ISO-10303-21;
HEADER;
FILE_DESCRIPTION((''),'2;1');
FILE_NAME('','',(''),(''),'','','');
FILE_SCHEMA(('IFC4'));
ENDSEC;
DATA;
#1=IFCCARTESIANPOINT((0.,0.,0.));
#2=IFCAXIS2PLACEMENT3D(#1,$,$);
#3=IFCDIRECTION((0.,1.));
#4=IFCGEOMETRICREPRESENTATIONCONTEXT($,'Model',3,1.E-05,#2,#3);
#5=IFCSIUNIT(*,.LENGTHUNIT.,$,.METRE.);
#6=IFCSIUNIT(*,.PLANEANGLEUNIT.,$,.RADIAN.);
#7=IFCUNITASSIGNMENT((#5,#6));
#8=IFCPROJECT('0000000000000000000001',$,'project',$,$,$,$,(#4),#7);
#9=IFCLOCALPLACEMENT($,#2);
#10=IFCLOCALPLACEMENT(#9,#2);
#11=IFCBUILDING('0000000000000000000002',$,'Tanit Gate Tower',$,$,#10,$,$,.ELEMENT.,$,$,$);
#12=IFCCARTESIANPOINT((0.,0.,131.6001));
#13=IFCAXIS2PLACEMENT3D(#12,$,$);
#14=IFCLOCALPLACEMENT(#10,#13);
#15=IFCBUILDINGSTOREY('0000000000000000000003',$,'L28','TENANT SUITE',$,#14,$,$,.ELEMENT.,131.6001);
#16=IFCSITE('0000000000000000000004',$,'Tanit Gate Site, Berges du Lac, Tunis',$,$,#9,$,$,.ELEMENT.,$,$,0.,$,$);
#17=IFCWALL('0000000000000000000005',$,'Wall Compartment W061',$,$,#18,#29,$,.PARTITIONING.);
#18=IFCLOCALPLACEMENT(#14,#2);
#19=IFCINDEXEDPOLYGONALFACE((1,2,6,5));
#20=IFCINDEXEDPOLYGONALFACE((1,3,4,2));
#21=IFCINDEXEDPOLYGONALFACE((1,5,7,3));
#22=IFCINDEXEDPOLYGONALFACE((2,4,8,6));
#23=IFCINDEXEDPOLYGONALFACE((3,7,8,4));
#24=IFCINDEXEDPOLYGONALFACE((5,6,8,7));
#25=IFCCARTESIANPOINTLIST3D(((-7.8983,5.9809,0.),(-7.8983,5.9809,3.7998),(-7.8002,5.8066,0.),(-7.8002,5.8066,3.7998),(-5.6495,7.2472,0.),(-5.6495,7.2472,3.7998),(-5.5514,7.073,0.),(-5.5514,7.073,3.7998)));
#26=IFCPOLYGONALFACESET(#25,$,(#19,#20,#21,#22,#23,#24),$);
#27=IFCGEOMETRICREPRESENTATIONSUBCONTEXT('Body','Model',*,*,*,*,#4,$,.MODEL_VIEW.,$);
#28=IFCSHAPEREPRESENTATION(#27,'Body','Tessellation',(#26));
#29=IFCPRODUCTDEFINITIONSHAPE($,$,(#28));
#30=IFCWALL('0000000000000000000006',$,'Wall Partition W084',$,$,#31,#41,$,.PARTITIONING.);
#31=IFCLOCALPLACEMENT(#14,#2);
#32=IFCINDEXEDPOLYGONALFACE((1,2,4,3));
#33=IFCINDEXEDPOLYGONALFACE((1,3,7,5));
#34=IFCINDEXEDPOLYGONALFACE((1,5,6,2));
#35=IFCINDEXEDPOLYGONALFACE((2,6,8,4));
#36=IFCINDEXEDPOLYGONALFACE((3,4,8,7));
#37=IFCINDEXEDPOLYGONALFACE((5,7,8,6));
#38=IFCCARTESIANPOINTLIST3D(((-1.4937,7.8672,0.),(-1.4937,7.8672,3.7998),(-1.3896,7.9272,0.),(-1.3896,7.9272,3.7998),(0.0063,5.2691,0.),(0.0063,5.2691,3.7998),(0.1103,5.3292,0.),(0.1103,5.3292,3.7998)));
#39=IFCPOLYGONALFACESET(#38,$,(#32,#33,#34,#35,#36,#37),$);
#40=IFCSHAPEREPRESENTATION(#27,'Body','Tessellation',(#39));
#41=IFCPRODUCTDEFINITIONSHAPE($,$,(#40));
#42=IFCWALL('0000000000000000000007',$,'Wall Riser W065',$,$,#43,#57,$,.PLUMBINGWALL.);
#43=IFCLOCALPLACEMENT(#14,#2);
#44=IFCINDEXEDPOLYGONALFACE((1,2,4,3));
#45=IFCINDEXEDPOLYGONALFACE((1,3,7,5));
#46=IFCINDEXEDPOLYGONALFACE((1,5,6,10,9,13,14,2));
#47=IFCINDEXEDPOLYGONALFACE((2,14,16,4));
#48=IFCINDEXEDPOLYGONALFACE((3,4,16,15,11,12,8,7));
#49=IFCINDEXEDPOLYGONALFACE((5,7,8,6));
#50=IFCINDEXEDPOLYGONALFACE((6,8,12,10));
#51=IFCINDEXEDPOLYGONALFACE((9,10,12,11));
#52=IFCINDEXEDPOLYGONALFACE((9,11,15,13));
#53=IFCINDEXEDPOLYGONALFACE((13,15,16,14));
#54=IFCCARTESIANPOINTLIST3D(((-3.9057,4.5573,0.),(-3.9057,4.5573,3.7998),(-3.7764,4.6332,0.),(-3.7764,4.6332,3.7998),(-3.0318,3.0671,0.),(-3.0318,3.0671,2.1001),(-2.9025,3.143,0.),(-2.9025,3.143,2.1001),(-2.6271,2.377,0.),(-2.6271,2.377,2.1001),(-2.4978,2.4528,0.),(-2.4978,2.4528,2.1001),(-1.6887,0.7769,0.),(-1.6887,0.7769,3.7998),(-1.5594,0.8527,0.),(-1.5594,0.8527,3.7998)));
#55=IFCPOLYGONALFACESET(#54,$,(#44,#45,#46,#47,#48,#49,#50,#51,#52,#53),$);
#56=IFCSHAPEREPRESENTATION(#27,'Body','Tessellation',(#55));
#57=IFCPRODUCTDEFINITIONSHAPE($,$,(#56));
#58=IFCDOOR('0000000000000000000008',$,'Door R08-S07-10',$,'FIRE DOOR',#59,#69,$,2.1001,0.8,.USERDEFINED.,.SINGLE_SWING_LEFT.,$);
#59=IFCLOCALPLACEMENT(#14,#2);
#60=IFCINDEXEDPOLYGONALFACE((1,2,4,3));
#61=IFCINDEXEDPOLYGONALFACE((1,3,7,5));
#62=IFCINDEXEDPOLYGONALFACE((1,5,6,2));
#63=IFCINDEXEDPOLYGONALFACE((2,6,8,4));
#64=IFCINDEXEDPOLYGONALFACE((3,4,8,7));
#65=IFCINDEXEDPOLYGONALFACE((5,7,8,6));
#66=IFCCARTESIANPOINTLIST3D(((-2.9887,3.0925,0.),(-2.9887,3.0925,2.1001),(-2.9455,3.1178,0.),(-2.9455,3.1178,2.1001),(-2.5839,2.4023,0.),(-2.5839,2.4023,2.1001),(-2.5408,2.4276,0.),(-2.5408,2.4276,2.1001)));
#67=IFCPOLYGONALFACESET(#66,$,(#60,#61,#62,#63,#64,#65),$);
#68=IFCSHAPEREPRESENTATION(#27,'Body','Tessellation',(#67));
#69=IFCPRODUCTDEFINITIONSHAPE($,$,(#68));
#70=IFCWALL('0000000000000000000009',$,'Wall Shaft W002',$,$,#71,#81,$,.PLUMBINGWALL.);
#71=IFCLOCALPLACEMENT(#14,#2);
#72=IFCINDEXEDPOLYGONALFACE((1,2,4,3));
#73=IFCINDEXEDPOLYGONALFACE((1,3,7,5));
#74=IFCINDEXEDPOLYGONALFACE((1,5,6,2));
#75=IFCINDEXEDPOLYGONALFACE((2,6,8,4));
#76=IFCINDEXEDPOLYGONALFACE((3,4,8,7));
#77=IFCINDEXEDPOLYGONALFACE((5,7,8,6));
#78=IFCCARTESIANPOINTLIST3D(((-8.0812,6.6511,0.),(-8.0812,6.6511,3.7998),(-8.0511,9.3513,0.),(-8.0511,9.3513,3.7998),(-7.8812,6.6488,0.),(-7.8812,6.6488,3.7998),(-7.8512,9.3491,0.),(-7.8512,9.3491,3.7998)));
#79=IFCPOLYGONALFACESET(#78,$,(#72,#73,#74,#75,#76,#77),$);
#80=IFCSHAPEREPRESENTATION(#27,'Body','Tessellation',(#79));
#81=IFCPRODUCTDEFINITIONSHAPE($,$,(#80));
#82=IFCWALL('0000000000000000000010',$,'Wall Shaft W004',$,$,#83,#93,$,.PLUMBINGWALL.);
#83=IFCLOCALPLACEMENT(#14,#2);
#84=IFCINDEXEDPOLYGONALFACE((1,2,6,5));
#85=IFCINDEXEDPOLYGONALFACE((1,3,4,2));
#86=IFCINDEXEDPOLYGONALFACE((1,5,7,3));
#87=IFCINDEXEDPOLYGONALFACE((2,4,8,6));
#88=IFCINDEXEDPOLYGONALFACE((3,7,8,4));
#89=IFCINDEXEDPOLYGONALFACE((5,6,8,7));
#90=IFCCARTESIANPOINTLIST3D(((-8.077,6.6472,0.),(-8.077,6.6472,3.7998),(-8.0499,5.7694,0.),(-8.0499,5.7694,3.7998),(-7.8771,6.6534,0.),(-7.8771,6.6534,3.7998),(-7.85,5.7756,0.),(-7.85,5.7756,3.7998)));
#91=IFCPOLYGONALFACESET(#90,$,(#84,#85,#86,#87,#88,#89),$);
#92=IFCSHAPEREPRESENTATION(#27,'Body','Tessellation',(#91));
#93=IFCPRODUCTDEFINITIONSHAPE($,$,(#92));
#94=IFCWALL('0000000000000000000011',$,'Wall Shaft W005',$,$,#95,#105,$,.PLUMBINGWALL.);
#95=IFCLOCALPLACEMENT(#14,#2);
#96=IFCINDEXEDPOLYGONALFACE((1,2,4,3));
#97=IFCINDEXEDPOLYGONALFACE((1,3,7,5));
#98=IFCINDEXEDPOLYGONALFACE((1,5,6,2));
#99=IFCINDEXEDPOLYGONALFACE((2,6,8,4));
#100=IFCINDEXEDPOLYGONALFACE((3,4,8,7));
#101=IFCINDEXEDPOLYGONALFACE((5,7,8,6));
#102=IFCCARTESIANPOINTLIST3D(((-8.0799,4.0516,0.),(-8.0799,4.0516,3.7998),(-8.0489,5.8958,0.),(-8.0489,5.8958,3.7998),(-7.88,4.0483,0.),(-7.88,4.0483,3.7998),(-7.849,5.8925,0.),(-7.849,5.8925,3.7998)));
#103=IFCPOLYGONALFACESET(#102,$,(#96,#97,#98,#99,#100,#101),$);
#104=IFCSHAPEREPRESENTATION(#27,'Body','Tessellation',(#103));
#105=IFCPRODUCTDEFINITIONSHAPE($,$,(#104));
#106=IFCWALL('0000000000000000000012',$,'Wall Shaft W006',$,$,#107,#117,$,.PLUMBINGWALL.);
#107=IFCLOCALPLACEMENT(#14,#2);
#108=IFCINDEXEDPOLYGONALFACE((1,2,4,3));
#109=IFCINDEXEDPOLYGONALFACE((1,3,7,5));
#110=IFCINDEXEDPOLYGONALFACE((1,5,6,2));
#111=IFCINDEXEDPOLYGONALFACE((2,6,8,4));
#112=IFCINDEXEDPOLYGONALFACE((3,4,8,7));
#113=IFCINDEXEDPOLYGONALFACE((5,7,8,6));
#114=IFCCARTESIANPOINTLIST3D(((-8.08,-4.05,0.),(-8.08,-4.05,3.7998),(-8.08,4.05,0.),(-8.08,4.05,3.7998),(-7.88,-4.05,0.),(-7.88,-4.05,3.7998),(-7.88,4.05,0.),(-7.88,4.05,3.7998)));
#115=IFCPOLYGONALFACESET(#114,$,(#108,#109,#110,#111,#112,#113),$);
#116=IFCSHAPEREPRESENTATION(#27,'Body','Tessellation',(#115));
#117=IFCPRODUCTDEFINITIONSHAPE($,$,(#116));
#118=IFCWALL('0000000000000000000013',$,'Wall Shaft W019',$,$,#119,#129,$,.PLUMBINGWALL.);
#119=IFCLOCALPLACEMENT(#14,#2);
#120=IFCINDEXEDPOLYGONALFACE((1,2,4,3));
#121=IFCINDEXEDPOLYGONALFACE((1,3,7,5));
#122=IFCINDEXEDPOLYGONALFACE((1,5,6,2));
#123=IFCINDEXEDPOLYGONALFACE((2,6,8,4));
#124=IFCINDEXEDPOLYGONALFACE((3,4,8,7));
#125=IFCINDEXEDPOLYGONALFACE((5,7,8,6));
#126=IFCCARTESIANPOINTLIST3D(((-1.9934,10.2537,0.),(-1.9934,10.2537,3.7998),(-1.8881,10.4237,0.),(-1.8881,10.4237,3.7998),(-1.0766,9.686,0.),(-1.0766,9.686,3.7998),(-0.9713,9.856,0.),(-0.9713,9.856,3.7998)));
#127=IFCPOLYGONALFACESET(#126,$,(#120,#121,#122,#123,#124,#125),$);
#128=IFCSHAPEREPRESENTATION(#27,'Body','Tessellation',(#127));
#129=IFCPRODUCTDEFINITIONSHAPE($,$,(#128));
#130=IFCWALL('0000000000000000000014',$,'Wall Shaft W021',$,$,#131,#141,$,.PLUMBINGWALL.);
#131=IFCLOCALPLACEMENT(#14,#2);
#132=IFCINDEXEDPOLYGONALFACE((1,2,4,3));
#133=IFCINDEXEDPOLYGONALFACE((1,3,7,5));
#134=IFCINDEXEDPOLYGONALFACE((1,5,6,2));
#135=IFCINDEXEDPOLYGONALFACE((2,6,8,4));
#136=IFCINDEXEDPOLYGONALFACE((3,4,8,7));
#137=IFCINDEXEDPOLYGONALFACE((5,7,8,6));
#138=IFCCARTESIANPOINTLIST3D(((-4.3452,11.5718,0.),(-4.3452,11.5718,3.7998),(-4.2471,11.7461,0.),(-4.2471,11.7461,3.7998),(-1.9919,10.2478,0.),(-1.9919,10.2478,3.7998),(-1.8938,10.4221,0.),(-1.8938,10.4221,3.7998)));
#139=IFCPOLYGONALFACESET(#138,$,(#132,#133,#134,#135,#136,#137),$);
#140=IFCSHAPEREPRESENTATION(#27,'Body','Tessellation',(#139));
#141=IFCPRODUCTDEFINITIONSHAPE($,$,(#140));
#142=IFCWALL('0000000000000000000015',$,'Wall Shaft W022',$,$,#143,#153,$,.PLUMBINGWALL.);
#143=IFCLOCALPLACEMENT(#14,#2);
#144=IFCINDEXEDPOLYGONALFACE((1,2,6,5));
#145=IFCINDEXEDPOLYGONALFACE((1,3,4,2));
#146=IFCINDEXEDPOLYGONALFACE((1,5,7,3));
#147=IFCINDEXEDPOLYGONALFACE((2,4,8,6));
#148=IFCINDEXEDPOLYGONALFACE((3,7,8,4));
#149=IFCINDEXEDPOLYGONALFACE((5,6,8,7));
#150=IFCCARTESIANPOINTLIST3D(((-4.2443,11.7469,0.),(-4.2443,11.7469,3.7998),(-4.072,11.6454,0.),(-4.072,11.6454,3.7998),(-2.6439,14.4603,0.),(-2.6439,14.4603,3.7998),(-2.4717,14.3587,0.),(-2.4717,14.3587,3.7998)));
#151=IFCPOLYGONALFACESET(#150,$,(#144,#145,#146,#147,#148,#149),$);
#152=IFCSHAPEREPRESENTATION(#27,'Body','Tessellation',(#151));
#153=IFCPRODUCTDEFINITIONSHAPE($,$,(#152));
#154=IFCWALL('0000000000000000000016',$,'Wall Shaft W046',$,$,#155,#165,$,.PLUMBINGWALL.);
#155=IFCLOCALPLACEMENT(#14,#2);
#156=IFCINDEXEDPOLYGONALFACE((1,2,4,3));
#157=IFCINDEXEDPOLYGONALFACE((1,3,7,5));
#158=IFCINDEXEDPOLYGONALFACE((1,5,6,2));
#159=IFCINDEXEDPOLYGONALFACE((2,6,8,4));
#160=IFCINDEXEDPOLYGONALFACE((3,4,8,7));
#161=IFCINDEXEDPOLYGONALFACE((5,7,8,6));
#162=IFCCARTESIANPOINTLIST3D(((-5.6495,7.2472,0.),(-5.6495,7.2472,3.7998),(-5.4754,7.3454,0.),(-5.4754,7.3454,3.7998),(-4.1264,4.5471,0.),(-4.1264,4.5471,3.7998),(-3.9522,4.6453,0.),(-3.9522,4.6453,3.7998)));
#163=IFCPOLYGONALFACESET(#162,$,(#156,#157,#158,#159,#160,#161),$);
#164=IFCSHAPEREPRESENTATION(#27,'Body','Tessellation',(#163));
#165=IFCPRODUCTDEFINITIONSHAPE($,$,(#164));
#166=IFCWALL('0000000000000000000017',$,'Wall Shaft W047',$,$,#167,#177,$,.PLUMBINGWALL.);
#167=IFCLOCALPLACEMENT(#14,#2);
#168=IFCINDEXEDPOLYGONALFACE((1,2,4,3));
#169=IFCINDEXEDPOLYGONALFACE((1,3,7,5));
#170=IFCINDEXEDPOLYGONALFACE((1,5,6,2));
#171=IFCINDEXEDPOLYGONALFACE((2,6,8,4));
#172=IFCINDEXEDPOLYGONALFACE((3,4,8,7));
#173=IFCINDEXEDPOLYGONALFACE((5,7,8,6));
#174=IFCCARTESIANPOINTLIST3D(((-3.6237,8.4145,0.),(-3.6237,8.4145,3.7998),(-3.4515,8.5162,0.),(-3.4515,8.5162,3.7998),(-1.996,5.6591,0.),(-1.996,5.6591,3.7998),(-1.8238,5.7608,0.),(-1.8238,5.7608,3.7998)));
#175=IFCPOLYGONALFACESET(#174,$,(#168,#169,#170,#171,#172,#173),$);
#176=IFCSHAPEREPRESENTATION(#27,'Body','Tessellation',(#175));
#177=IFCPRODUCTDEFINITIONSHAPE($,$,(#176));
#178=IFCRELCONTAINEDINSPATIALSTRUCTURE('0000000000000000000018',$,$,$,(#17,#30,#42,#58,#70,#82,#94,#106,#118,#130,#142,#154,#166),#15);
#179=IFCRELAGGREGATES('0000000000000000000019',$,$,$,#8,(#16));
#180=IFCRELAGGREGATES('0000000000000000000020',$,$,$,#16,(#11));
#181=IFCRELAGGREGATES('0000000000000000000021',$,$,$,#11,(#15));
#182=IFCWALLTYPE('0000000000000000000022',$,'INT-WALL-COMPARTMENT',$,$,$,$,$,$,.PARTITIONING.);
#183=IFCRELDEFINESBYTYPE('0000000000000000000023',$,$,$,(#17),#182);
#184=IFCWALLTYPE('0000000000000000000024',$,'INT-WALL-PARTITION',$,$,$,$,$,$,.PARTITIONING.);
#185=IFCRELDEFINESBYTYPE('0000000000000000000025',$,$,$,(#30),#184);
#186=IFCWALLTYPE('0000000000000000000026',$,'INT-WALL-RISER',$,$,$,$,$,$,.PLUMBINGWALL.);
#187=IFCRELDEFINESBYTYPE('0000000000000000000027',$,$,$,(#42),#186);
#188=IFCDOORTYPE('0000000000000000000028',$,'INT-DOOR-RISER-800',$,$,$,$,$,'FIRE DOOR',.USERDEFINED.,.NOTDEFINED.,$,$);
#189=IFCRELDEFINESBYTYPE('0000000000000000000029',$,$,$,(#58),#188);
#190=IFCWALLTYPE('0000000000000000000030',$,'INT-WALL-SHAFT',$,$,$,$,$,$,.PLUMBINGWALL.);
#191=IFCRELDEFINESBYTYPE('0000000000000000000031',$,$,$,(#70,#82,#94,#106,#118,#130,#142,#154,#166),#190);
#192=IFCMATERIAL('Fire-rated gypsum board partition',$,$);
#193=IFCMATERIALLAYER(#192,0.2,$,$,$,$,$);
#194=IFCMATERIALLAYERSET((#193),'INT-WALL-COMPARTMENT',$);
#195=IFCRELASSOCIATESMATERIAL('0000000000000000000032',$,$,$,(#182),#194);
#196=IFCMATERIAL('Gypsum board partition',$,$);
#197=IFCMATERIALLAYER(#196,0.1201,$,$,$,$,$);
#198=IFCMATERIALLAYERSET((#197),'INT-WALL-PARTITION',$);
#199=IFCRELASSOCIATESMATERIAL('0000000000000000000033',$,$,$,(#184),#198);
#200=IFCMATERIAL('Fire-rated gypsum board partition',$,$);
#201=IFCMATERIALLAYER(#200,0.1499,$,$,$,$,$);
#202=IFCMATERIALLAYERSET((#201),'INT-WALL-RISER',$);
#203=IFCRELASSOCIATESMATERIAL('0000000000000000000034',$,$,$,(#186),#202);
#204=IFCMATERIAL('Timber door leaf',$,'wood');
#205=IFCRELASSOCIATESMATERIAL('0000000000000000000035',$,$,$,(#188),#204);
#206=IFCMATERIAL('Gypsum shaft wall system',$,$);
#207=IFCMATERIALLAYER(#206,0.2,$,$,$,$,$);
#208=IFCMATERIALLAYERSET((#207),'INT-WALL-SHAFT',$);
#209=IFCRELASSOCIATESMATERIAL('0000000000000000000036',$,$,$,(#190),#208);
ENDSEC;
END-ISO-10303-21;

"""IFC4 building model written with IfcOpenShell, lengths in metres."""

from ifc_helpers import new_model, si_unit, direction, frame, frame_2d, origin, place, context, subcontext, project, spatial, rectangle, extrude, material, layer, layer_set, type_object, element, fill, save


model = new_model("IFC4")

# Units and contexts
model_context = context("Model", 3, precision=1e-05, world=origin(), true_north=direction((0.0, 1.0)))
body_context = subcontext(model_context, "Body", "Model", "MODEL_VIEW")
ifc_project = project(units=[si_unit("LENGTHUNIT", "METRE"), si_unit("PLANEANGLEUNIT", "RADIAN")], contexts=[model_context])

# Site, building, storey
site_placement = place(None, origin())
site = spatial("IfcSite", under=ifc_project, at=site_placement, Name="Tanit Gate Site, Berges du Lac, Tunis", CompositionType="ELEMENT", RefElevation=0.0)
building_placement = place(site_placement, origin())
building = spatial("IfcBuilding", under=site, at=building_placement, Name="Tanit Gate Tower", CompositionType="ELEMENT")
storey_placement = place(building_placement, frame((0.0, 0.0, 131.6001)))
storey = spatial("IfcBuildingStorey", under=building, at=storey_placement, Name="L28", Description="TENANT SUITE", CompositionType="ELEMENT", Elevation=131.6001)

# Walls
ifc_material_1 = material(Name="Fire-rated gypsum board partition")
ifc_layer_1 = layer(ifc_material_1, 0.2)
ifc_layer_set_1 = layer_set([ifc_layer_1], Name="INT-WALL-COMPARTMENT")
wall_type_1 = type_object("IfcWallType", Name="INT-WALL-COMPARTMENT", PredefinedType="PARTITIONING", material=ifc_layer_set_1)
wall_1_placement = place(storey_placement, frame((-5.6003, 7.1602, 0.0), z_axis=(0.0, 0.0, 1.0), x_axis=(-0.87134, -0.490679, 0.0)))
element("IfcWall", 1, at=wall_1_placement, inside=storey, type_object=wall_type_1, Name="Wall Compartment W061", PredefinedType="PARTITIONING", context=body_context, shape_type="SweptSolid", body=[
    extrude(rectangle(XDim=2.5808, YDim=0.2, at=frame_2d((1.2905, 0.0))), origin(), (0.0, 0.0, 1.0), 3.7998),
])
ifc_material_2 = material(Name="Gypsum board partition")
ifc_layer_2 = layer(ifc_material_2, 0.1201)
ifc_layer_set_2 = layer_set([ifc_layer_2], Name="INT-WALL-PARTITION")
wall_type_2 = type_object("IfcWallType", Name="INT-WALL-PARTITION", PredefinedType="PARTITIONING", material=ifc_layer_set_2)
wall_2_placement = place(storey_placement, frame((-1.4417, 7.8972, 0.0), z_axis=(0.0, 0.0, 1.0), x_axis=(0.49999, -0.866031, 0.0)))
element("IfcWall", 2, at=wall_2_placement, inside=storey, type_object=wall_type_2, Name="Wall Partition W084", PredefinedType="PARTITIONING", context=body_context, shape_type="SweptSolid", body=[
    extrude(rectangle(XDim=3.0, YDim=0.1201, at=frame_2d((1.5, 0.0))), origin(), (0.0, 0.0, 1.0), 3.7998),
])

# Wall, opening, door
ifc_material_3 = material(Name="Fire-rated gypsum board partition")
ifc_layer_3 = layer(ifc_material_3, 0.1499)
ifc_layer_set_3 = layer_set([ifc_layer_3], Name="INT-WALL-RISER")
wall_type_3 = type_object("IfcWallType", Name="INT-WALL-RISER", PredefinedType="PLUMBINGWALL", material=ifc_layer_set_3)
wall_3_placement = place(storey_placement, frame((-1.624, 0.8147, 0.0), z_axis=(0.0, 0.0, 1.0), x_axis=(-0.505868, 0.862611, 0.0)))
wall_3 = element("IfcWall", 3, at=wall_3_placement, inside=storey, type_object=wall_type_3, Name="Wall Riser W065", PredefinedType="PLUMBINGWALL", context=body_context, shape_type="SweptSolid", body=[
    extrude(rectangle(XDim=4.3826, YDim=0.1499, at=frame_2d((2.1914, 0.0))), origin(), (0.0, 0.0, 1.0), 3.7998),
])
opening_1_placement = place(wall_3_placement, frame((1.8552, 0.0, 0.0)))
opening_1 = element("IfcOpeningElement", 4, at=opening_1_placement, cuts=wall_3, PredefinedType="OPENING", context=body_context, shape_type="SweptSolid", body=[
    extrude(rectangle(XDim=0.8, YDim=2.1001, at=frame_2d((0.3999, 1.05))), frame((0.0, 0.085, 0.0), z_axis=(0.0, -1.0, 0.0), x_axis=(1.0, 0.0, 0.0)), (0.0, 0.0, 1.0), 0.1699),
])
ifc_material_4 = material(Name="Timber door leaf", Category="wood")
door_type_1 = type_object("IfcDoorType", Name="INT-DOOR-RISER-800", ElementType="FIRE DOOR", OperationType="NOTDEFINED", PredefinedType="USERDEFINED", material=ifc_material_4)
door_1_placement = place(opening_1_placement, origin())
door_1 = element("IfcDoor", 5, at=door_1_placement, inside=storey, type_object=door_type_1, Name="Door R08-S07-10", ObjectType="FIRE DOOR", OperationType="SINGLE_SWING_LEFT", OverallHeight=2.1001, OverallWidth=0.8, PredefinedType="USERDEFINED", context=body_context, shape_type="SweptSolid", body=[
    extrude(rectangle(XDim=0.8, YDim=2.1001, at=frame_2d((0.3999, 1.05))), frame((0.0, 0.0249, 0.0), z_axis=(0.0, -1.0, 0.0), x_axis=(1.0, 0.0, 0.0)), (0.0, 0.0, 1.0), 0.05),
])
fill(opening_1, door_1)

# Walls
ifc_material_5 = material(Name="Gypsum shaft wall system")
ifc_layer_4 = layer(ifc_material_5, 0.2)
ifc_layer_set_4 = layer_set([ifc_layer_4], Name="INT-WALL-SHAFT")
wall_type_4 = type_object("IfcWallType", Name="INT-WALL-SHAFT", PredefinedType="PLUMBINGWALL", material=ifc_layer_set_4)
wall_4_placement = place(storey_placement, frame((-7.9512, 9.3501, 0.0), z_axis=(0.0, 0.0, 1.0), x_axis=(-0.01112, -0.999938, 0.0)))
element("IfcWall", 6, at=wall_4_placement, inside=storey, type_object=wall_type_4, Name="Wall Shaft W002", PredefinedType="PLUMBINGWALL", context=body_context, shape_type="SweptSolid", body=[
    extrude(rectangle(XDim=2.7004, YDim=0.2, at=frame_2d((1.3501, 0.0))), origin(), (0.0, 0.0, 1.0), 3.7998),
])
wall_5_placement = place(storey_placement, frame((-7.9771, 6.6501, 0.0), z_axis=(0.0, 0.0, 1.0), x_axis=(0.030862, -0.999524, 0.0)))
element("IfcWall", 7, at=wall_5_placement, inside=storey, type_object=wall_type_4, Name="Wall Shaft W004", PredefinedType="PLUMBINGWALL", context=body_context, shape_type="SweptSolid", body=[
    extrude(rectangle(XDim=0.8782, YDim=0.2, at=frame_2d((0.439, 0.0))), origin(), (0.0, 0.0, 1.0), 3.7998),
])
wall_6_placement = place(storey_placement, frame((-7.949, 5.8943, 0.0), z_axis=(0.0, 0.0, 1.0), x_axis=(-0.01681, -0.999859, 0.0)))
element("IfcWall", 8, at=wall_6_placement, inside=storey, type_object=wall_type_4, Name="Wall Shaft W005", PredefinedType="PLUMBINGWALL", context=body_context, shape_type="SweptSolid", body=[
    extrude(rectangle(XDim=1.8445, YDim=0.2, at=frame_2d((0.9224, 0.0))), origin(), (0.0, 0.0, 1.0), 3.7998),
])
wall_7_placement = place(storey_placement, frame((-7.98, 4.05, 0.0), z_axis=(0.0, 0.0, 1.0), x_axis=(0.0, -1.0, 0.0)))
element("IfcWall", 9, at=wall_7_placement, inside=storey, type_object=wall_type_4, Name="Wall Shaft W006", PredefinedType="PLUMBINGWALL", context=body_context, shape_type="SweptSolid", body=[
    extrude(rectangle(XDim=8.1001, YDim=0.2, at=frame_2d((4.05, 0.0))), origin(), (0.0, 0.0, 1.0), 3.7998),
])
wall_8_placement = place(storey_placement, frame((-1.9407, 10.3386, 0.0), z_axis=(0.0, 0.0, 1.0), x_axis=(0.850217, -0.526433, 0.0)))
element("IfcWall", 10, at=wall_8_placement, inside=storey, type_object=wall_type_4, Name="Wall Shaft W019", PredefinedType="PLUMBINGWALL", context=body_context, shape_type="SweptSolid", body=[
    extrude(rectangle(XDim=1.0784, YDim=0.2, at=frame_2d((0.5391, 0.0))), origin(), (0.0, 0.0, 1.0), 3.7998),
])
wall_9_placement = place(storey_placement, frame((-4.2961, 11.6589, 0.0), z_axis=(0.0, 0.0, 1.0), x_axis=(0.871534, -0.490334, 0.0)))
element("IfcWall", 11, at=wall_9_placement, inside=storey, type_object=wall_type_4, Name="Wall Shaft W021", PredefinedType="PLUMBINGWALL", context=body_context, shape_type="SweptSolid", body=[
    extrude(rectangle(XDim=2.7002, YDim=0.2, at=frame_2d((1.3501, 0.0))), origin(), (0.0, 0.0, 1.0), 3.7998),
])
wall_10_placement = place(storey_placement, frame((-4.1582, 11.696, 0.0), z_axis=(0.0, 0.0, 1.0), x_axis=(0.508019, 0.861346, 0.0)))
element("IfcWall", 12, at=wall_10_placement, inside=storey, type_object=wall_type_4, Name="Wall Shaft W022", PredefinedType="PLUMBINGWALL", context=body_context, shape_type="SweptSolid", body=[
    extrude(rectangle(XDim=3.1501, YDim=0.2, at=frame_2d((1.5752, 0.0))), origin(), (0.0, 0.0, 1.0), 3.7998),
])

# Walls
wall_11_placement = place(storey_placement, frame((-4.0393, 4.5962, 0.0), z_axis=(0.0, 0.0, 1.0), x_axis=(-0.491323, 0.870978, 0.0)))
element("IfcWall", 13, at=wall_11_placement, inside=storey, type_object=wall_type_4, Name="Wall Shaft W046", PredefinedType="PLUMBINGWALL", context=body_context, shape_type="SweptSolid", body=[
    extrude(rectangle(XDim=3.1001, YDim=0.2, at=frame_2d((1.55, 0.0))), origin(), (0.0, 0.0, 1.0), 3.7998),
])
wall_12_placement = place(storey_placement, frame((-3.5376, 8.4653, 0.0), z_axis=(0.0, 0.0, 1.0), x_axis=(0.508616, -0.860993, 0.0)))
element("IfcWall", 14, at=wall_12_placement, inside=storey, type_object=wall_type_4, Name="Wall Shaft W047", PredefinedType="PLUMBINGWALL", context=body_context, shape_type="SweptSolid", body=[
    extrude(rectangle(XDim=3.2002, YDim=0.2, at=frame_2d((1.6001, 0.0))), origin(), (0.0, 0.0, 1.0), 3.7998),
])

save(model, "model.ifc")
